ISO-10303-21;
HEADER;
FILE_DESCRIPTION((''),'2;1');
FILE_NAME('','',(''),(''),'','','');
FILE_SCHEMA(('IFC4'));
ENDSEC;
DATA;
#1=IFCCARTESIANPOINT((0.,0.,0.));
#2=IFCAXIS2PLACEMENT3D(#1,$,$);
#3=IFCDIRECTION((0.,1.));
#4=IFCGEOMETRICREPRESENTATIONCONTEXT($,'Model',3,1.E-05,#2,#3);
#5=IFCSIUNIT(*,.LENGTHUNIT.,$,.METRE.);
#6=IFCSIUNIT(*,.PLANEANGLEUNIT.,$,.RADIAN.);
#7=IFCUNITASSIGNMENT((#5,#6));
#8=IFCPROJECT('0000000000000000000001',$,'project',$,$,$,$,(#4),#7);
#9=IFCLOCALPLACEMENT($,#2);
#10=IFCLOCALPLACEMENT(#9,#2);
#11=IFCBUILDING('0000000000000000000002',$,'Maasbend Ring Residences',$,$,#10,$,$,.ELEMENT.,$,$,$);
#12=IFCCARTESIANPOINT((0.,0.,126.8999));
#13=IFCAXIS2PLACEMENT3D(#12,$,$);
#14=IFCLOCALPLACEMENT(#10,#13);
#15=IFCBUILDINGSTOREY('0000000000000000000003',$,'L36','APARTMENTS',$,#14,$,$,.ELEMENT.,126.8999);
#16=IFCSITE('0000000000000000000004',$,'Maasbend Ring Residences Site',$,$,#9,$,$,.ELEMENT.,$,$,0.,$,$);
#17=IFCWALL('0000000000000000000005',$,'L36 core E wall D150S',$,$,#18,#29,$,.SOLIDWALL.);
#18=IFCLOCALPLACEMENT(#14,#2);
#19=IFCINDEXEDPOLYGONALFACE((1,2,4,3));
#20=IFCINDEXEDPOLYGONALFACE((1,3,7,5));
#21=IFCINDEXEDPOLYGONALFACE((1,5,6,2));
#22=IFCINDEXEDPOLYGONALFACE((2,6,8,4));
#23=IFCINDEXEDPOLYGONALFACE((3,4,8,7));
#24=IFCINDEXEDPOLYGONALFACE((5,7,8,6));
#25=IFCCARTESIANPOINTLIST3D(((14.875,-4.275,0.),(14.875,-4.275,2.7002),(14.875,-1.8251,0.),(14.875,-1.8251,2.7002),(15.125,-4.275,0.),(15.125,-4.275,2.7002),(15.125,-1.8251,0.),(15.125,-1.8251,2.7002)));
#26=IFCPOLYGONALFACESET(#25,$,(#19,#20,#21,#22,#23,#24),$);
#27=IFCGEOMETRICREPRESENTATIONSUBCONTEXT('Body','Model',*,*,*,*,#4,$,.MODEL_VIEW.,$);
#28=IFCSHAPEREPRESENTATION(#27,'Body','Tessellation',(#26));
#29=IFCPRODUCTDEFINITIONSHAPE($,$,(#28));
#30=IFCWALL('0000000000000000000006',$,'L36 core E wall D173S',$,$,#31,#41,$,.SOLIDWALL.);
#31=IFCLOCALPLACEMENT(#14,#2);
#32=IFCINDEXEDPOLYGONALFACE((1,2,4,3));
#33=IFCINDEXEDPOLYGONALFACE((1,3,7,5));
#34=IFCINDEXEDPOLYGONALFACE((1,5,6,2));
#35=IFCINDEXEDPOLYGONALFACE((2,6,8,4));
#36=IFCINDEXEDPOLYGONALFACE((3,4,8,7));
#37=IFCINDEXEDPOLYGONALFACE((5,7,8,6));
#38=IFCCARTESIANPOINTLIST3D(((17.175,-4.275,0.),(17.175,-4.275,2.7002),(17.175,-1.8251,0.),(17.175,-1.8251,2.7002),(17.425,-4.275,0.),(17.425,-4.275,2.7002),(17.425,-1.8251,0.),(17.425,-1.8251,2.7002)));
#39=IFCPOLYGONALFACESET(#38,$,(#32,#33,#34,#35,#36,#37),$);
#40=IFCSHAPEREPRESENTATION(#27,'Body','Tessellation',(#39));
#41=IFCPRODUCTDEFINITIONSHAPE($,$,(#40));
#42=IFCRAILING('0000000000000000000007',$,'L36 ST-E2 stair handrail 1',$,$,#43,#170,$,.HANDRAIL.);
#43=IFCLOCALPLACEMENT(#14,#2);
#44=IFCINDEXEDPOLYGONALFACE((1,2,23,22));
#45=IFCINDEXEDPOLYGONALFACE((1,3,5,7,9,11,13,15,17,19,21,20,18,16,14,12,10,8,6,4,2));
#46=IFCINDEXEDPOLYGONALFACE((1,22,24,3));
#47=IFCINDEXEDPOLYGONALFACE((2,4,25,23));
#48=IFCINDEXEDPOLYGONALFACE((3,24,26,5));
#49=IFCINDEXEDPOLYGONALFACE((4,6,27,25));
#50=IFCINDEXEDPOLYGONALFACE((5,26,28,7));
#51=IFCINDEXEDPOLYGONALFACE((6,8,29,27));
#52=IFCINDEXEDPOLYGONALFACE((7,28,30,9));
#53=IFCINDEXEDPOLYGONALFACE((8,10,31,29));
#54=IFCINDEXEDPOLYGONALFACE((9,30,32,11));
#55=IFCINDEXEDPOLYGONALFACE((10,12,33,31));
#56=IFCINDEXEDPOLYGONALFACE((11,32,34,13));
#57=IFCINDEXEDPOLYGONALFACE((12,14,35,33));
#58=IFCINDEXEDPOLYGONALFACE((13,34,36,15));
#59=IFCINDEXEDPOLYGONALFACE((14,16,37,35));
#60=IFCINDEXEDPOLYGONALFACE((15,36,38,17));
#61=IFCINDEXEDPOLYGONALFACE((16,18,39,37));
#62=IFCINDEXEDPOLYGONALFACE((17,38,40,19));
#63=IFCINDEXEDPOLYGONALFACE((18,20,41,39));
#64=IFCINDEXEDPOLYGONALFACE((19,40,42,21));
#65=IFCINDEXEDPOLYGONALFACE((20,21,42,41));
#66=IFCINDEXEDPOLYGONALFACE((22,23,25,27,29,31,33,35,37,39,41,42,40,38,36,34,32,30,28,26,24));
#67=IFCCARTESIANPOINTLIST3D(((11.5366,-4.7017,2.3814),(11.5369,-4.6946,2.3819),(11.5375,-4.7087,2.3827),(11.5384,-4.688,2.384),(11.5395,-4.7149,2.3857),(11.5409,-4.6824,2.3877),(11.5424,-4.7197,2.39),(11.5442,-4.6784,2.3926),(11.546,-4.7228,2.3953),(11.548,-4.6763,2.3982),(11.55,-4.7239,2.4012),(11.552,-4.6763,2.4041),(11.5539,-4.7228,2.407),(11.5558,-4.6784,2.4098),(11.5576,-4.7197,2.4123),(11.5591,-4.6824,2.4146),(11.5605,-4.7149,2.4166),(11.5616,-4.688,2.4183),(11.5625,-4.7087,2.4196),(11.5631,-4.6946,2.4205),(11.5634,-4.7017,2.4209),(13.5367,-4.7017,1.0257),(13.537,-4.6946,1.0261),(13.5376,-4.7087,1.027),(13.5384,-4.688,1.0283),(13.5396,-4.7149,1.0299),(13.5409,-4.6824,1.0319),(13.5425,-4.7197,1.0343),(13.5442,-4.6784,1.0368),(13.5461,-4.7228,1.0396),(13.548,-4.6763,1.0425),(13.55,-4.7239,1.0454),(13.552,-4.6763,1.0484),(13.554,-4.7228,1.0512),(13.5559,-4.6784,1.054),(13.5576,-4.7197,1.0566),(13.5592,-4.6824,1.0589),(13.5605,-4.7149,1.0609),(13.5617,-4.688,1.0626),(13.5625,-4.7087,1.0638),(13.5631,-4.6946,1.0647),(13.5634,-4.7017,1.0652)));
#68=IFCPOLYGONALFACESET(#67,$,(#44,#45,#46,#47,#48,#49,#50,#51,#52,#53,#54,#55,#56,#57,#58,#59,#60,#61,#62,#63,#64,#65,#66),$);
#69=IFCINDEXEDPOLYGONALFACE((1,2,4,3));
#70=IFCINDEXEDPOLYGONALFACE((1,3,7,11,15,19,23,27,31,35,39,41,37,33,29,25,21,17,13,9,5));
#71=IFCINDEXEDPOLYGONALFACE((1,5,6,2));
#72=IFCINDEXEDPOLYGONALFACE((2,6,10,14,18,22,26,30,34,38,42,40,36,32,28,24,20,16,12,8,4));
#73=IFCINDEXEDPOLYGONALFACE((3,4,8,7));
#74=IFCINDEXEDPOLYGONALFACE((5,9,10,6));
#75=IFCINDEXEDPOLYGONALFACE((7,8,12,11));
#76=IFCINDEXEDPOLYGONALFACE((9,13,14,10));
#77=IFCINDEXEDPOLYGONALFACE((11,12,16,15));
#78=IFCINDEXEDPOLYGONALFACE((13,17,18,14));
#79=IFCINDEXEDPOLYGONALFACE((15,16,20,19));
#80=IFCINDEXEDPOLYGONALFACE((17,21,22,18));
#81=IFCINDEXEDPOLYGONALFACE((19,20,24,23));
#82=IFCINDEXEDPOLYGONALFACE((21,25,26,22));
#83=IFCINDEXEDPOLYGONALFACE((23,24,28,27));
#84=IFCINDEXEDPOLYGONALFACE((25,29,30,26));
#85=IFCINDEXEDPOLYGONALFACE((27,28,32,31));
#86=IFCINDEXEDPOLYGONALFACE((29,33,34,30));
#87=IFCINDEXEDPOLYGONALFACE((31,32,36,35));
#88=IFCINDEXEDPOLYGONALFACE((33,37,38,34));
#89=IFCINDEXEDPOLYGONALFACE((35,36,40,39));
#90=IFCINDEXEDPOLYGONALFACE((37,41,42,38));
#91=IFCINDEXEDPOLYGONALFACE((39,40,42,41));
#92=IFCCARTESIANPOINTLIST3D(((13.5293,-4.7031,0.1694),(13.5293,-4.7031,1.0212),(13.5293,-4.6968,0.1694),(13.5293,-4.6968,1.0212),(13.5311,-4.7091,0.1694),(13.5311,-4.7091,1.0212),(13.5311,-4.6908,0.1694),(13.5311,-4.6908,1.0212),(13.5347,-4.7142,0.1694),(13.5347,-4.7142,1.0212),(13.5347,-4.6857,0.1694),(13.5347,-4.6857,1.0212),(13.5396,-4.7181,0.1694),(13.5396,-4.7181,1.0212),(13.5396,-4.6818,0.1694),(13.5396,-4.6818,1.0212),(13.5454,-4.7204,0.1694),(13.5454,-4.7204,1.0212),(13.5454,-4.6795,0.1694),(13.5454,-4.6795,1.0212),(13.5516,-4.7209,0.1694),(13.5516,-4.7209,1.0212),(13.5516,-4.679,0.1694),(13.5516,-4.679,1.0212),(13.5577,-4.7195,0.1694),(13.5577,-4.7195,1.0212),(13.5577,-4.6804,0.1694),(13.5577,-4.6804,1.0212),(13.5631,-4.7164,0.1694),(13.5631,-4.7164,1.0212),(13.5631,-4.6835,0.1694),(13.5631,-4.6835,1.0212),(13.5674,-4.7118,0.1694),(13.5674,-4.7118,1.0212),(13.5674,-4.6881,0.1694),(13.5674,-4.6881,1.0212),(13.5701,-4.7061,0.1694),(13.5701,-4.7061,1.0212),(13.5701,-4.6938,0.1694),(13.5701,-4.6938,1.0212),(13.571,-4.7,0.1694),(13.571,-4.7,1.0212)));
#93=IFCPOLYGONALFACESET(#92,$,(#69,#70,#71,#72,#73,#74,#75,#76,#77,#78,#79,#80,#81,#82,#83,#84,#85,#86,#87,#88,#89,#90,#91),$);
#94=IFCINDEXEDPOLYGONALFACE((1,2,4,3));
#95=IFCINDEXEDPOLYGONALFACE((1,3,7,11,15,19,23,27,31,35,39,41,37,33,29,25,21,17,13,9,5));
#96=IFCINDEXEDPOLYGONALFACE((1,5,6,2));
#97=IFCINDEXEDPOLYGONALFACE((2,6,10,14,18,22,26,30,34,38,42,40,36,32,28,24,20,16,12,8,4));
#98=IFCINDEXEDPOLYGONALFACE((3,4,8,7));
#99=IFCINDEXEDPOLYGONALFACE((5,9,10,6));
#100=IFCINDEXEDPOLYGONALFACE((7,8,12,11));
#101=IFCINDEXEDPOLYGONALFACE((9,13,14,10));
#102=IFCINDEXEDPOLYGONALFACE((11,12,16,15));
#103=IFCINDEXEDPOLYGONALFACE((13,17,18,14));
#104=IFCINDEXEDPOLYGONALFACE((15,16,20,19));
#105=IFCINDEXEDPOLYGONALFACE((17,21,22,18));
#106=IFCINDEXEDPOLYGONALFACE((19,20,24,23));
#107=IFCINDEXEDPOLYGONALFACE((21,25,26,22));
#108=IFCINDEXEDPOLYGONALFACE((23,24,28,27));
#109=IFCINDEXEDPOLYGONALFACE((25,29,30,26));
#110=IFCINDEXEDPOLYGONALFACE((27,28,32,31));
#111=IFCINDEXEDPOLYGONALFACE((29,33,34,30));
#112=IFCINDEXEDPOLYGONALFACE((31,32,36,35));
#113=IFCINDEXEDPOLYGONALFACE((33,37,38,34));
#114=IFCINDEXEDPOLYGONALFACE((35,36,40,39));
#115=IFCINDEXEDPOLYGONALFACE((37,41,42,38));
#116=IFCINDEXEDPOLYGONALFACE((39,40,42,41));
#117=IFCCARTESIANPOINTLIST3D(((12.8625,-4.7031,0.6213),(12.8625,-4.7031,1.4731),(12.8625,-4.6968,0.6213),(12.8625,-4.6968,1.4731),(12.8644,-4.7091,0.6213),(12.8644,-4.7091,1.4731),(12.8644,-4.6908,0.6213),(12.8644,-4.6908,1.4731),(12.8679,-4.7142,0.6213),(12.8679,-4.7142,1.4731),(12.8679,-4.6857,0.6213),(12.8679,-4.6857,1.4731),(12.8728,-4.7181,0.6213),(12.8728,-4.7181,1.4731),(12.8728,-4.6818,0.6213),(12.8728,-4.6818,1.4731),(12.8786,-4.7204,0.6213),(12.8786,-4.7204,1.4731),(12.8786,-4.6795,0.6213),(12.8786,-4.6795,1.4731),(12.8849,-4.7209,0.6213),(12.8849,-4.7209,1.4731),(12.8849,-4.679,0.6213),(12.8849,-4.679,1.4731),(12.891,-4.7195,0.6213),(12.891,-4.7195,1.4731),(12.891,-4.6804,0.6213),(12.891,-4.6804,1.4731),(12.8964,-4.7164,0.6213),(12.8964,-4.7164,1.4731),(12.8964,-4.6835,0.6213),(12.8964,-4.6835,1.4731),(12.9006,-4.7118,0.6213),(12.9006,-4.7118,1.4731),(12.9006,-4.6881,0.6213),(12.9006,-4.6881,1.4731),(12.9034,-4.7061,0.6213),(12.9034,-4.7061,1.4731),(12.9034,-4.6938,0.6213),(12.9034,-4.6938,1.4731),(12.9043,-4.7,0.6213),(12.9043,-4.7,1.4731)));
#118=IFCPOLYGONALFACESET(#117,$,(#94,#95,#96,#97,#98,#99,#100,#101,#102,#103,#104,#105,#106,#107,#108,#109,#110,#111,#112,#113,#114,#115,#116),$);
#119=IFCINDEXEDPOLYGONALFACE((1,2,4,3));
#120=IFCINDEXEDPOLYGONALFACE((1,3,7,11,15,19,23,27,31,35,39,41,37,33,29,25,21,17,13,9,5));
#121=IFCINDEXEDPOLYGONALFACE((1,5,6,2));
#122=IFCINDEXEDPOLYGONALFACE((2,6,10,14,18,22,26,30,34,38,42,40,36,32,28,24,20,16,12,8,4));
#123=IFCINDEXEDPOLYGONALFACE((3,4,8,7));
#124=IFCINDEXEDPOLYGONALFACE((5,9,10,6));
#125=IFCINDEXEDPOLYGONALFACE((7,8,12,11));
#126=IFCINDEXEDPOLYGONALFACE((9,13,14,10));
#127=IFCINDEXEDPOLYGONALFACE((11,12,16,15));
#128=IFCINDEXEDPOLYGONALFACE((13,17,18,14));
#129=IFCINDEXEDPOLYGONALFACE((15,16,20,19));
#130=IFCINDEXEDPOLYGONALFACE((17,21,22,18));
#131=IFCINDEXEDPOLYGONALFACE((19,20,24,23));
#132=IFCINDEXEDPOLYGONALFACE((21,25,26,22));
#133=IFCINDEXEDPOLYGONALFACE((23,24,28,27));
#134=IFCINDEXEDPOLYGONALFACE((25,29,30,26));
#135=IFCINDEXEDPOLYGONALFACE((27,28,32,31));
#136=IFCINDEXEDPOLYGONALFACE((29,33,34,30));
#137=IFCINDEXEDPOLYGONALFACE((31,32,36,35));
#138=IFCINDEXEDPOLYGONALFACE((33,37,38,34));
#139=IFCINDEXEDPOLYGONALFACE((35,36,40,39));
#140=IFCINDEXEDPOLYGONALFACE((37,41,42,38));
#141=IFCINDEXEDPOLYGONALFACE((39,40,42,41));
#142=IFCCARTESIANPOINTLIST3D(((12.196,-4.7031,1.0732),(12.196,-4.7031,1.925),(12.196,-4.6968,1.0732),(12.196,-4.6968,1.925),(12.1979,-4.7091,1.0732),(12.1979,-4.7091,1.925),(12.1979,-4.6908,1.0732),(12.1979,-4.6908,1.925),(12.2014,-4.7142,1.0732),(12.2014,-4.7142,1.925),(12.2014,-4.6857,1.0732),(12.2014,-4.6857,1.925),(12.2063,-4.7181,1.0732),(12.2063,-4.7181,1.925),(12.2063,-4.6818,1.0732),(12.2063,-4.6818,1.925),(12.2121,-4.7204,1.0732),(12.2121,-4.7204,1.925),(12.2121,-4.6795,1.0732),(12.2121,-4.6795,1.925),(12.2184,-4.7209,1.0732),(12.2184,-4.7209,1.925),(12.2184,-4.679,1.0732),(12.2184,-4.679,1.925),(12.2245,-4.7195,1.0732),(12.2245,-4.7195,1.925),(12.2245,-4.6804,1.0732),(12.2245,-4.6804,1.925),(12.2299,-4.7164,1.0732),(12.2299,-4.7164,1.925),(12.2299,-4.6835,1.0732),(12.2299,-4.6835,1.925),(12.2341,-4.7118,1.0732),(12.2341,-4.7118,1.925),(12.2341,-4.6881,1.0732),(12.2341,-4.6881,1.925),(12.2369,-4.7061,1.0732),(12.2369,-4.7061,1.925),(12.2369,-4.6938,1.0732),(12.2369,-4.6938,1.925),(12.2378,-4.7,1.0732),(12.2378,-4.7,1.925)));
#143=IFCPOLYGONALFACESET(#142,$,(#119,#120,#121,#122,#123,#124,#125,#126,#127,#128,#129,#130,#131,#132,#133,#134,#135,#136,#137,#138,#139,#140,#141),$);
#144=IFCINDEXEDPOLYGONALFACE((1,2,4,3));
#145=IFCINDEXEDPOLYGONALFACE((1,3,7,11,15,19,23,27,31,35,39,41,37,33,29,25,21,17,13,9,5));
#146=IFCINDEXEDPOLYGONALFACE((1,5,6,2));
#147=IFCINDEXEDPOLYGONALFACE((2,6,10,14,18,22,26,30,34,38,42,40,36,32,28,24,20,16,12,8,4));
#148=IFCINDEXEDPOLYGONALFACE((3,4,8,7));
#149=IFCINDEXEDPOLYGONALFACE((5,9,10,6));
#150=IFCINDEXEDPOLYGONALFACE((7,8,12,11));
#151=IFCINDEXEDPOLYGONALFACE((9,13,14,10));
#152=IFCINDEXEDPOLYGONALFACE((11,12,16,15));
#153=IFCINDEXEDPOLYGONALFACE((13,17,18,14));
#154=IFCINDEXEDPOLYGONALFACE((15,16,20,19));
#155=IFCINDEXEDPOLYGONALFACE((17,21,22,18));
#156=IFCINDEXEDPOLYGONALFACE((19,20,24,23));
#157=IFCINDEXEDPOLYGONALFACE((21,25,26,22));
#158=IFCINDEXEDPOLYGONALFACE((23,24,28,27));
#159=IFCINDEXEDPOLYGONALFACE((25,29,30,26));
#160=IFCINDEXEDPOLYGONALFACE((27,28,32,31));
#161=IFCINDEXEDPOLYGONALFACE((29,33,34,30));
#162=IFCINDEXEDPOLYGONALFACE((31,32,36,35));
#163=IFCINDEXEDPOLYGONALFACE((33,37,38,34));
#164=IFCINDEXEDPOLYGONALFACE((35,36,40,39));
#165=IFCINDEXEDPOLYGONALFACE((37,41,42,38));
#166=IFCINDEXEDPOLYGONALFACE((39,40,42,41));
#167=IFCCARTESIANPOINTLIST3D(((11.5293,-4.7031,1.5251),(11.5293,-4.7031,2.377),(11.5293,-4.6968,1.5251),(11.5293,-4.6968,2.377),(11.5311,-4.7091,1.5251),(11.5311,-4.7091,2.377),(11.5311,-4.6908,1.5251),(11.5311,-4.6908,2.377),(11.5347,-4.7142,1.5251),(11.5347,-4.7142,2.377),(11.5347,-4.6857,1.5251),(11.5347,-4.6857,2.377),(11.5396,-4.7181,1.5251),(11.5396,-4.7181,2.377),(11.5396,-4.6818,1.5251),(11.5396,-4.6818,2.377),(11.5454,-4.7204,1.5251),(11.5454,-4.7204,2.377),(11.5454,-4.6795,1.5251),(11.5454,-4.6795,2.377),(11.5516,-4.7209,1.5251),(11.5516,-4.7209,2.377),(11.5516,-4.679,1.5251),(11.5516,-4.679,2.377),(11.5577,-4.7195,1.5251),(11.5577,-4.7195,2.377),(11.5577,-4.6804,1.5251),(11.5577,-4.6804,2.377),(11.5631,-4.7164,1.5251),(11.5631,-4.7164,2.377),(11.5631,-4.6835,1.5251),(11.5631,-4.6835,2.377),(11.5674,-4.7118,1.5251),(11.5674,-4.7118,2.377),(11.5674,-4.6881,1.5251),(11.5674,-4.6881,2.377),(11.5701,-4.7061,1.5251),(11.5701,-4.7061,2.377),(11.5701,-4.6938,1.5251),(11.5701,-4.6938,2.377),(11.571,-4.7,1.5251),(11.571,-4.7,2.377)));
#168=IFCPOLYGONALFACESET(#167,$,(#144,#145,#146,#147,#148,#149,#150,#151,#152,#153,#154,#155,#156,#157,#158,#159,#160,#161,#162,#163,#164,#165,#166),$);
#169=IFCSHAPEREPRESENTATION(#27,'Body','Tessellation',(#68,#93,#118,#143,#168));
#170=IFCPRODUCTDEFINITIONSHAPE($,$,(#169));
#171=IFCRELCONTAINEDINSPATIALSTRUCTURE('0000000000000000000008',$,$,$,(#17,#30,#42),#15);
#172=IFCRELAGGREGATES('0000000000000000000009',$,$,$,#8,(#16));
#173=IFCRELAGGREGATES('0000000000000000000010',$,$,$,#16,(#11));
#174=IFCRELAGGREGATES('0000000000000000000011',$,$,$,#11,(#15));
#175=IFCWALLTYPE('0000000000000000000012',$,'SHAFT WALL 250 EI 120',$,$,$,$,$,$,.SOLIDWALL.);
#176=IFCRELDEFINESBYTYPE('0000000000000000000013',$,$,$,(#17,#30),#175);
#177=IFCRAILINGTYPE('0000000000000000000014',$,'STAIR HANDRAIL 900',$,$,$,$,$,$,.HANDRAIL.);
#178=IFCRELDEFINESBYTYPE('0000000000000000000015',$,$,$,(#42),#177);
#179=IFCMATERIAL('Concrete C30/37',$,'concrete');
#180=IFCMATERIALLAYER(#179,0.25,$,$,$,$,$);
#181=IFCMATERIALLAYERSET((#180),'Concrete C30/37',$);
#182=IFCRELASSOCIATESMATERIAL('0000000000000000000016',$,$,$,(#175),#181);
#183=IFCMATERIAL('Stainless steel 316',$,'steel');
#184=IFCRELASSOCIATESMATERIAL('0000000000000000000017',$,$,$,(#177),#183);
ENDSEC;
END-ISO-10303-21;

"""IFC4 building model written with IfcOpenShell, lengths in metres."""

from ifc_helpers import new_model, si_unit, direction, frame, frame_2d, origin, origin_2d, place, context, subcontext, project, spatial, rectangle, circle, extrude, material, layer, layer_set, type_object, element, save


model = new_model("IFC4")

# Units and contexts
model_context = context("Model", 3, precision=1e-05, world=origin(), true_north=direction((0.0, 1.0)))
body_context = subcontext(model_context, "Body", "Model", "MODEL_VIEW")
ifc_project = project(units=[si_unit("LENGTHUNIT", "METRE"), si_unit("PLANEANGLEUNIT", "RADIAN")], contexts=[model_context])

# Site, building, storey
site_placement = place(None, origin())
site = spatial("IfcSite", under=ifc_project, at=site_placement, Name="Maasbend Ring Residences Site", CompositionType="ELEMENT", RefElevation=0.0)
building_placement = place(site_placement, origin())
building = spatial("IfcBuilding", under=site, at=building_placement, Name="Maasbend Ring Residences", CompositionType="ELEMENT")
storey_placement = place(building_placement, frame((0.0, 0.0, 126.8999)))
storey = spatial("IfcBuildingStorey", under=building, at=storey_placement, Name="L36", Description="APARTMENTS", CompositionType="ELEMENT", Elevation=126.8999)

# Walls
ifc_material_1 = material(Name="Concrete C30/37", Category="concrete")
ifc_layer_1 = layer(ifc_material_1, 0.25)
ifc_layer_set_1 = layer_set([ifc_layer_1], Name="Concrete C30/37")
wall_type_1 = type_object("IfcWallType", Name="SHAFT WALL 250 EI 120", PredefinedType="SOLIDWALL", material=ifc_layer_set_1)
for number, where, z_axis, x_axis, name in (
    (1, (15.0, -1.825, 0.0), (0.0, 0.0, 1.0), (0.0, -1.0, 0.0), "L36 core E wall D150S"),
    (2, (17.3, -1.825, 0.0), (0.0, 0.0, 1.0), (0.0, -1.0, 0.0), "L36 core E wall D173S"),
):
    element("IfcWall", number, at=place(storey_placement, frame(where, z_axis=z_axis, x_axis=x_axis)), inside=storey, type_object=wall_type_1, Name=name, PredefinedType="SOLIDWALL", context=body_context, shape_type="SweptSolid", body=[
        extrude(rectangle(XDim=2.45, YDim=0.25, at=frame_2d((1.2251, 0.0))), origin(), (0.0, 0.0, 1.0), 2.7002),
    ])

# Railing
ifc_material_2 = material(Name="Stainless steel 316", Category="steel")
railing_type_1 = type_object("IfcRailingType", Name="STAIR HANDRAIL 900", PredefinedType="HANDRAIL", material=ifc_material_2)
railing_1_placement = place(storey_placement, frame((13.55, -4.7, 0.1694)))
element("IfcRailing", 3, at=railing_1_placement, inside=storey, type_object=railing_type_1, Name="L36 ST-E2 stair handrail 1", PredefinedType="HANDRAIL", context=body_context, shape_type="SweptSolid", body=[
    extrude(circle(Radius=0.0239, at=origin_2d()), frame((0.0, 0.0, 0.876), z_axis=(-0.827751, 0.0, 0.561096), x_axis=(0.0, -1.0, 0.0)), (0.0, 0.0, 1.0), 2.4163),
    extrude(circle(Radius=0.021, at=origin_2d()), origin(), (0.0, 0.0, 1.0), 0.8518),
    extrude(circle(Radius=0.021, at=origin_2d()), frame((-0.6667, 0.0, 0.4519)), (0.0, 0.0, 1.0), 0.8518),
    extrude(circle(Radius=0.021, at=origin_2d()), frame((-1.3333, 0.0, 0.9038)), (0.0, 0.0, 1.0), 0.8518),
    extrude(circle(Radius=0.021, at=origin_2d()), frame((-2.0, 0.0, 1.3557)), (0.0, 0.0, 1.0), 0.8518),
])

save(model, "model.ifc")
